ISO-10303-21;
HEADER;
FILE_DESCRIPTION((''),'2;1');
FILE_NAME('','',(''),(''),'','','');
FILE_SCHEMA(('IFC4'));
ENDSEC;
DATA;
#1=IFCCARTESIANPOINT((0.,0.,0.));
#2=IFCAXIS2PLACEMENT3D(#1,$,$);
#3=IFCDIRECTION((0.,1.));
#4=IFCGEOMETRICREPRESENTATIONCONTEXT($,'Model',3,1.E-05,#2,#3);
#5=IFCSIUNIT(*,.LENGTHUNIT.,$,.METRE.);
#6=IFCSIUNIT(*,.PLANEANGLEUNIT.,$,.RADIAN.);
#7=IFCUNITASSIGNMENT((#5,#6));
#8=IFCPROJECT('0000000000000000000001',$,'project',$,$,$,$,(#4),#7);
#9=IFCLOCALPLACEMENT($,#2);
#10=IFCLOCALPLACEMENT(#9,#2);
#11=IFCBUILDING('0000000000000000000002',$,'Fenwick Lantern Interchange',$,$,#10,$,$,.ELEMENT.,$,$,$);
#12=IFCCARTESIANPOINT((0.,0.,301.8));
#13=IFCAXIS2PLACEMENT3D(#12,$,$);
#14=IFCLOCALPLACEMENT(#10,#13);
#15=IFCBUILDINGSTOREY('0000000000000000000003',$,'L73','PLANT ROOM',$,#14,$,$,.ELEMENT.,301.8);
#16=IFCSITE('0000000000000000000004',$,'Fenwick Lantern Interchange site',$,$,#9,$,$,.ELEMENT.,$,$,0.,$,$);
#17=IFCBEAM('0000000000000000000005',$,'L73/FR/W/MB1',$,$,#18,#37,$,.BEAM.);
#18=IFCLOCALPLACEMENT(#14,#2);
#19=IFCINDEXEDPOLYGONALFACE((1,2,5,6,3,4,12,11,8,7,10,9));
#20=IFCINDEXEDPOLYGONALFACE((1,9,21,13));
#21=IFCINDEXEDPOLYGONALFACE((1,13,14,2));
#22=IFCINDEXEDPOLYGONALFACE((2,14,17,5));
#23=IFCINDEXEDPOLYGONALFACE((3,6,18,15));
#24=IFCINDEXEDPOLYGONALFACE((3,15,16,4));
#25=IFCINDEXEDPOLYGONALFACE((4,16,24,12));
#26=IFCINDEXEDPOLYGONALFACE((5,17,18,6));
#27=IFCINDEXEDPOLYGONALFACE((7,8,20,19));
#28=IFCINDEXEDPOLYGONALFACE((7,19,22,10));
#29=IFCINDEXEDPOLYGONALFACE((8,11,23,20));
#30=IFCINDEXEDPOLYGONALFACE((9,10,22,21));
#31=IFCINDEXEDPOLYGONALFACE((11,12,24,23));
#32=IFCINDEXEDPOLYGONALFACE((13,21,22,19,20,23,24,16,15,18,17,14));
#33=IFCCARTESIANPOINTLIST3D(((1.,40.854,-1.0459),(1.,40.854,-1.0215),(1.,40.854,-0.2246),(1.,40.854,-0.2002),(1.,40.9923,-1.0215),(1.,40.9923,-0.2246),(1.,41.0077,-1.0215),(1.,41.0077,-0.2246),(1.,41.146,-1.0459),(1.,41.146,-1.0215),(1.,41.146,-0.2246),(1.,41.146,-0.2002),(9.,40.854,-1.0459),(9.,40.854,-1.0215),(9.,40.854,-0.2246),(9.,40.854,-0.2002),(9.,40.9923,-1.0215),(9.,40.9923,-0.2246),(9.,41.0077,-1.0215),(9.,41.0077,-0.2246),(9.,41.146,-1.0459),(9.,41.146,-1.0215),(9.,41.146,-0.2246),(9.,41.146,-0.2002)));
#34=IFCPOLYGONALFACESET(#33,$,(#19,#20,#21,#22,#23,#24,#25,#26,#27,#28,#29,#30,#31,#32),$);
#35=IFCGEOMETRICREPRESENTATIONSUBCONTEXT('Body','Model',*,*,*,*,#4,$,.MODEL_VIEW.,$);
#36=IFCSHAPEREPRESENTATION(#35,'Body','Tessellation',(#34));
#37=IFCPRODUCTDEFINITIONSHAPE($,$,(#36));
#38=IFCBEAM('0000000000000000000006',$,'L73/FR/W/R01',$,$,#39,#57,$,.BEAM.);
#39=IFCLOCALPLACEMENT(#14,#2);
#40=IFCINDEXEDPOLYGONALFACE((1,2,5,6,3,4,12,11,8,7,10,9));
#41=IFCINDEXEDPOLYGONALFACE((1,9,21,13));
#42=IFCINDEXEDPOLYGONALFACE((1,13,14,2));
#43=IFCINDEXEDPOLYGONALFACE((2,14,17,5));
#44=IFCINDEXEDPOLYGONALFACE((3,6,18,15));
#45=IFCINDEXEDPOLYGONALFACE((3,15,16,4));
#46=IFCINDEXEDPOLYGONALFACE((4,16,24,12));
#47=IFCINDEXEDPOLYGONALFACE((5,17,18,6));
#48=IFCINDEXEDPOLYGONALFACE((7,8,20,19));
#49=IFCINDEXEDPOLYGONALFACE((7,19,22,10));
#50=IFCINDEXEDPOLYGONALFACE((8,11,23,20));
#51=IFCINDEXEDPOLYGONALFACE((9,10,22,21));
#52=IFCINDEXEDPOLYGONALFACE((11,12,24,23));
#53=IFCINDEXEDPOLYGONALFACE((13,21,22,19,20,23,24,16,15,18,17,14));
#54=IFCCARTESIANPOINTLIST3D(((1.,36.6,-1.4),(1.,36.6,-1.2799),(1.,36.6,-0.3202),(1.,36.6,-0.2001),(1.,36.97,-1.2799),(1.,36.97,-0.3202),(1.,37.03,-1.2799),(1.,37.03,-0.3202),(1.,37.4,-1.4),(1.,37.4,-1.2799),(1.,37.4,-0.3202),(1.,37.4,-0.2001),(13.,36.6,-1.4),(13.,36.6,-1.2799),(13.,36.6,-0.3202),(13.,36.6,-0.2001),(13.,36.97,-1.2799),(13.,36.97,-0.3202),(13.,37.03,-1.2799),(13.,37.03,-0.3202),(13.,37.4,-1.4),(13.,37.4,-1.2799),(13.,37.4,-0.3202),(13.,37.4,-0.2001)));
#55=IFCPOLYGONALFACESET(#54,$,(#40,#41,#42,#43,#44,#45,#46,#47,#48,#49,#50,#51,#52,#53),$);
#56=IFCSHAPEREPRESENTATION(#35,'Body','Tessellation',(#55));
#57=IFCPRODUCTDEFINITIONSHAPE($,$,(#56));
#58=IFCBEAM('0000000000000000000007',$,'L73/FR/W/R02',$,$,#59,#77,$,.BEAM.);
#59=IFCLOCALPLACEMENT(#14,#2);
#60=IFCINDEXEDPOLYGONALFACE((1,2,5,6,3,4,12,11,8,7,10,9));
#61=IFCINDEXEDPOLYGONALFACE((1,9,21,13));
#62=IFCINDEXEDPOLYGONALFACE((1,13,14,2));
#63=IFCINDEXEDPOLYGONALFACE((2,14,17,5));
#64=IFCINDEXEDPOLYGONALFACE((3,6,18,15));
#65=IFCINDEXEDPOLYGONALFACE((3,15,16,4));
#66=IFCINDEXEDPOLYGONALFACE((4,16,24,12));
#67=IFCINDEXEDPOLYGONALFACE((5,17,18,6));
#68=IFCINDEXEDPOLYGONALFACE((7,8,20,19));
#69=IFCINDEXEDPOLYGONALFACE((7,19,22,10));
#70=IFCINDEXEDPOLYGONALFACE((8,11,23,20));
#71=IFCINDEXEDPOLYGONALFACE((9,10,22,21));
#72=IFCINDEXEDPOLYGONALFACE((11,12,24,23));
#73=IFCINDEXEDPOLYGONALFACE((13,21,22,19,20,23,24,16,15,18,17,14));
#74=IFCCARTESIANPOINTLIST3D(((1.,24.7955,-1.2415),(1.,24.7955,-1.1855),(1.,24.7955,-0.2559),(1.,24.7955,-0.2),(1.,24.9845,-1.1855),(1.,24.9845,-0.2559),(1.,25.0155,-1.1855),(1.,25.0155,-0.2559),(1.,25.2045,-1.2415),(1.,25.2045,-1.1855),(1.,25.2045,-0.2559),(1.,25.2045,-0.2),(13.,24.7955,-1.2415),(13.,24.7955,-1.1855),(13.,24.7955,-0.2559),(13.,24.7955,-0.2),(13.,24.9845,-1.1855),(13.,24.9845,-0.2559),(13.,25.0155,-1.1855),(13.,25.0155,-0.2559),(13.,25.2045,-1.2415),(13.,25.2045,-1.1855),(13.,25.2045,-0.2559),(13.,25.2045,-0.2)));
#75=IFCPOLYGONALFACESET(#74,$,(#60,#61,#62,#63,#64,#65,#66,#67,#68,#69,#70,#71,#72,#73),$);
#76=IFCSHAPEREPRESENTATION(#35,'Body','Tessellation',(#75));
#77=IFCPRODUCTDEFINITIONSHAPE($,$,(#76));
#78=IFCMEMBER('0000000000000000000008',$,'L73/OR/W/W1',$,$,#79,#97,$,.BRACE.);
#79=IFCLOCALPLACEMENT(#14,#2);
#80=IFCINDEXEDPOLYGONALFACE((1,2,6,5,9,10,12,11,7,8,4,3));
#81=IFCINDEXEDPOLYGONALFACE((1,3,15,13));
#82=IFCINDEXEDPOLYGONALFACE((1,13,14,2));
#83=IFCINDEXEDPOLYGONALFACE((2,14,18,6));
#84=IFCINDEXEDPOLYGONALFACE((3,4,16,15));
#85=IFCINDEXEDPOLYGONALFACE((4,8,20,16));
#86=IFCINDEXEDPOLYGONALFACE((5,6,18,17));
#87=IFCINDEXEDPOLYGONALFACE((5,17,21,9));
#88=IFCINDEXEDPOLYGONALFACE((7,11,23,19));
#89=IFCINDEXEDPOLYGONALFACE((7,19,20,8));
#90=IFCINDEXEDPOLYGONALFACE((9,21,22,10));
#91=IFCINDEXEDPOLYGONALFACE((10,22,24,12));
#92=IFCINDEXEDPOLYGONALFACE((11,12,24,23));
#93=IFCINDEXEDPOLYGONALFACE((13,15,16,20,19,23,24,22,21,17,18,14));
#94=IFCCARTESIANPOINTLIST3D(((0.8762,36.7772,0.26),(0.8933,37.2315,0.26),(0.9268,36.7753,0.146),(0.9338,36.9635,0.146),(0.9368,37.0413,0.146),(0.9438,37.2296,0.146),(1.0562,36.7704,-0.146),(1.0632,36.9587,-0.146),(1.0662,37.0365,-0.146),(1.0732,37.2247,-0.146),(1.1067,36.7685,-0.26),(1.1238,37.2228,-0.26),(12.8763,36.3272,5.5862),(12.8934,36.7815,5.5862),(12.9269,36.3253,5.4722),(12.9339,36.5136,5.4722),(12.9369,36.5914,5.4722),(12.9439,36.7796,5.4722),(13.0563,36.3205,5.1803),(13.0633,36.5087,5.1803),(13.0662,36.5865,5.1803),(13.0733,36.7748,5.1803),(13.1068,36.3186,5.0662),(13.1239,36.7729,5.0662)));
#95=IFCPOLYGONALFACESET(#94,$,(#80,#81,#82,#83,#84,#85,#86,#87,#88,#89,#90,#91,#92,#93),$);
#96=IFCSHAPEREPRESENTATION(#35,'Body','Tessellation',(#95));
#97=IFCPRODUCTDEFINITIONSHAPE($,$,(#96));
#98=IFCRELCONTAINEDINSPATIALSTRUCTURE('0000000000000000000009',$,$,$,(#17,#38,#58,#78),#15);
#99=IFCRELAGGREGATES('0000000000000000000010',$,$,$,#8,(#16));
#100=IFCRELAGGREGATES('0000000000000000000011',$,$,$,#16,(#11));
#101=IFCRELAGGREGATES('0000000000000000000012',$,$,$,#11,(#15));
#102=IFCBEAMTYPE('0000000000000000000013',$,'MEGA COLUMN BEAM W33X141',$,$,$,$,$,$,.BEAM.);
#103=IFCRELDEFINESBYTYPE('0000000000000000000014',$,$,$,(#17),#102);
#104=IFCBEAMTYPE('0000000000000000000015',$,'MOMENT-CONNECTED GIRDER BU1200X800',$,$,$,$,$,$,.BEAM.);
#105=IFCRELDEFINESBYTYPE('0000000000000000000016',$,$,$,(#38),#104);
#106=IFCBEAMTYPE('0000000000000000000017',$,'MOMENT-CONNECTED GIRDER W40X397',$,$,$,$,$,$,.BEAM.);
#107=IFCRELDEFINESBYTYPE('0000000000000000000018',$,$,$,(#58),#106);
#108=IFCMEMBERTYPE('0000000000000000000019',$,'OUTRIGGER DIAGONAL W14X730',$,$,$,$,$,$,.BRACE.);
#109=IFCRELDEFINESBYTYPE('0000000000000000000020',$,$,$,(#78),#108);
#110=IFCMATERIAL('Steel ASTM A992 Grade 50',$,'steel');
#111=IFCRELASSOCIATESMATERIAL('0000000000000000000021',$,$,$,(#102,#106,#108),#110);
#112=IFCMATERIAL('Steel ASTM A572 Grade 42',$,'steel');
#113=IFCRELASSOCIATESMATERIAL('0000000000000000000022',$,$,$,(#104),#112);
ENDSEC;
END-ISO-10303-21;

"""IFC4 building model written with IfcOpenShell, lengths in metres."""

from ifc_helpers import new_model, si_unit, direction, frame, origin, origin_2d, place, context, subcontext, project, spatial, i_section, extrude, material, material_profile, profile_set, type_object, element, save


model = new_model("IFC4")

# Units and contexts
model_context = context("Model", 3, precision=1e-05, world=origin(), true_north=direction((0.0, 1.0)))
body_context = subcontext(model_context, "Body", "Model", "MODEL_VIEW")
ifc_project = project(units=[si_unit("LENGTHUNIT", "METRE"), si_unit("PLANEANGLEUNIT", "RADIAN")], contexts=[model_context])

# Site, building, storey
site_placement = place(None, origin())
site = spatial("IfcSite", under=ifc_project, at=site_placement, Name="Fenwick Lantern Interchange site", CompositionType="ELEMENT", RefElevation=0.0)
building_placement = place(site_placement, origin())
building = spatial("IfcBuilding", under=site, at=building_placement, Name="Fenwick Lantern Interchange", CompositionType="ELEMENT")
storey_placement = place(building_placement, frame((0.0, 0.0, 301.8)))
storey = spatial("IfcBuildingStorey", under=building, at=storey_placement, Name="L73", Description="PLANT ROOM", CompositionType="ELEMENT", Elevation=301.8)

# Shared definitions
ifc_material_1 = material(Name="Steel ASTM A992 Grade 50", Category="steel")

# Beams
ifc_material_profile_1 = material_profile(ifc_material_1, i_section(OverallWidth=0.292, OverallDepth=0.8457, WebThickness=0.0154, FlangeThickness=0.0244, at=origin_2d()), Name="W33X141")
ifc_profile_set_1 = profile_set([ifc_material_profile_1], Name="Steel ASTM A992 Grade 50")
beam_type_1 = type_object("IfcBeamType", Name="MEGA COLUMN BEAM W33X141", PredefinedType="BEAM", material=ifc_profile_set_1)
beam_1_placement = place(storey_placement, frame((9.0, 41.0, -0.623), z_axis=(-1.0, 0.0, 0.0), x_axis=(0.0, -1.0, 0.0)))
element("IfcBeam", 1, at=beam_1_placement, inside=storey, type_object=beam_type_1, Name="L73/FR/W/MB1", PredefinedType="BEAM", context=body_context, shape_type="SweptSolid", body=[
    extrude(i_section(OverallWidth=0.292, OverallDepth=0.8457, WebThickness=0.0154, FlangeThickness=0.0244, at=origin_2d()), origin(), (0.0, 0.0, 1.0), 8.0),
])
ifc_material_2 = material(Name="Steel ASTM A572 Grade 42", Category="steel")
ifc_material_profile_2 = material_profile(ifc_material_2, i_section(OverallWidth=0.8, OverallDepth=1.2, WebThickness=0.0601, FlangeThickness=0.1201, at=origin_2d()), Name="BU1200X800")
ifc_profile_set_2 = profile_set([ifc_material_profile_2], Name="Steel ASTM A572 Grade 42")
beam_type_2 = type_object("IfcBeamType", Name="MOMENT-CONNECTED GIRDER BU1200X800", PredefinedType="BEAM", material=ifc_profile_set_2)
beam_2_placement = place(storey_placement, frame((1.0, 37.0, -0.8), z_axis=(1.0, 0.0, 0.0), x_axis=(0.0, 1.0, 0.0)))
element("IfcBeam", 2, at=beam_2_placement, inside=storey, type_object=beam_type_2, Name="L73/FR/W/R01", PredefinedType="BEAM", context=body_context, shape_type="SweptSolid", body=[
    extrude(i_section(OverallWidth=0.8, OverallDepth=1.2, WebThickness=0.0601, FlangeThickness=0.1201, at=origin_2d()), origin(), (0.0, 0.0, 1.0), 12.0),
])
ifc_material_profile_3 = material_profile(ifc_material_1, i_section(OverallWidth=0.4089, OverallDepth=1.0415, WebThickness=0.031, FlangeThickness=0.0559, at=origin_2d()), Name="W40X397")
ifc_profile_set_3 = profile_set([ifc_material_profile_3], Name="Steel ASTM A992 Grade 50")
beam_type_3 = type_object("IfcBeamType", Name="MOMENT-CONNECTED GIRDER W40X397", PredefinedType="BEAM", material=ifc_profile_set_3)
beam_3_placement = place(storey_placement, frame((1.0, 25.0, -0.7207), z_axis=(1.0, 0.0, 0.0), x_axis=(0.0, 1.0, 0.0)))
element("IfcBeam", 3, at=beam_3_placement, inside=storey, type_object=beam_type_3, Name="L73/FR/W/R02", PredefinedType="BEAM", context=body_context, shape_type="SweptSolid", body=[
    extrude(i_section(OverallWidth=0.4089, OverallDepth=1.0415, WebThickness=0.031, FlangeThickness=0.0559, at=origin_2d()), origin(), (0.0, 0.0, 1.0), 12.0),
])

# Member
ifc_material_profile_4 = material_profile(ifc_material_1, i_section(OverallWidth=0.4546, OverallDepth=0.5688, WebThickness=0.0779, FlangeThickness=0.1248, at=origin_2d()), Name="W14X730")
ifc_profile_set_4 = profile_set([ifc_material_profile_4], Name="Steel ASTM A992 Grade 50")
member_type_1 = type_object("IfcMemberType", Name="OUTRIGGER DIAGONAL W14X730", PredefinedType="BRACE", material=ifc_profile_set_4)
member_1_placement = place(storey_placement, frame((1.0, 37.0, 0.0), z_axis=(0.913478, -0.034252, 0.405445), x_axis=(0.03747, 0.999298, 0.0)))
element("IfcMember", 4, at=member_1_placement, inside=storey, type_object=member_type_1, Name="L73/OR/W/W1", PredefinedType="BRACE", context=body_context, shape_type="SweptSolid", body=[
    extrude(i_section(OverallWidth=0.4546, OverallDepth=0.5688, WebThickness=0.0779, FlangeThickness=0.1248, at=origin_2d()), origin(), (0.0, 0.0, 1.0), 13.1367),
])

save(model, "model.ifc")
